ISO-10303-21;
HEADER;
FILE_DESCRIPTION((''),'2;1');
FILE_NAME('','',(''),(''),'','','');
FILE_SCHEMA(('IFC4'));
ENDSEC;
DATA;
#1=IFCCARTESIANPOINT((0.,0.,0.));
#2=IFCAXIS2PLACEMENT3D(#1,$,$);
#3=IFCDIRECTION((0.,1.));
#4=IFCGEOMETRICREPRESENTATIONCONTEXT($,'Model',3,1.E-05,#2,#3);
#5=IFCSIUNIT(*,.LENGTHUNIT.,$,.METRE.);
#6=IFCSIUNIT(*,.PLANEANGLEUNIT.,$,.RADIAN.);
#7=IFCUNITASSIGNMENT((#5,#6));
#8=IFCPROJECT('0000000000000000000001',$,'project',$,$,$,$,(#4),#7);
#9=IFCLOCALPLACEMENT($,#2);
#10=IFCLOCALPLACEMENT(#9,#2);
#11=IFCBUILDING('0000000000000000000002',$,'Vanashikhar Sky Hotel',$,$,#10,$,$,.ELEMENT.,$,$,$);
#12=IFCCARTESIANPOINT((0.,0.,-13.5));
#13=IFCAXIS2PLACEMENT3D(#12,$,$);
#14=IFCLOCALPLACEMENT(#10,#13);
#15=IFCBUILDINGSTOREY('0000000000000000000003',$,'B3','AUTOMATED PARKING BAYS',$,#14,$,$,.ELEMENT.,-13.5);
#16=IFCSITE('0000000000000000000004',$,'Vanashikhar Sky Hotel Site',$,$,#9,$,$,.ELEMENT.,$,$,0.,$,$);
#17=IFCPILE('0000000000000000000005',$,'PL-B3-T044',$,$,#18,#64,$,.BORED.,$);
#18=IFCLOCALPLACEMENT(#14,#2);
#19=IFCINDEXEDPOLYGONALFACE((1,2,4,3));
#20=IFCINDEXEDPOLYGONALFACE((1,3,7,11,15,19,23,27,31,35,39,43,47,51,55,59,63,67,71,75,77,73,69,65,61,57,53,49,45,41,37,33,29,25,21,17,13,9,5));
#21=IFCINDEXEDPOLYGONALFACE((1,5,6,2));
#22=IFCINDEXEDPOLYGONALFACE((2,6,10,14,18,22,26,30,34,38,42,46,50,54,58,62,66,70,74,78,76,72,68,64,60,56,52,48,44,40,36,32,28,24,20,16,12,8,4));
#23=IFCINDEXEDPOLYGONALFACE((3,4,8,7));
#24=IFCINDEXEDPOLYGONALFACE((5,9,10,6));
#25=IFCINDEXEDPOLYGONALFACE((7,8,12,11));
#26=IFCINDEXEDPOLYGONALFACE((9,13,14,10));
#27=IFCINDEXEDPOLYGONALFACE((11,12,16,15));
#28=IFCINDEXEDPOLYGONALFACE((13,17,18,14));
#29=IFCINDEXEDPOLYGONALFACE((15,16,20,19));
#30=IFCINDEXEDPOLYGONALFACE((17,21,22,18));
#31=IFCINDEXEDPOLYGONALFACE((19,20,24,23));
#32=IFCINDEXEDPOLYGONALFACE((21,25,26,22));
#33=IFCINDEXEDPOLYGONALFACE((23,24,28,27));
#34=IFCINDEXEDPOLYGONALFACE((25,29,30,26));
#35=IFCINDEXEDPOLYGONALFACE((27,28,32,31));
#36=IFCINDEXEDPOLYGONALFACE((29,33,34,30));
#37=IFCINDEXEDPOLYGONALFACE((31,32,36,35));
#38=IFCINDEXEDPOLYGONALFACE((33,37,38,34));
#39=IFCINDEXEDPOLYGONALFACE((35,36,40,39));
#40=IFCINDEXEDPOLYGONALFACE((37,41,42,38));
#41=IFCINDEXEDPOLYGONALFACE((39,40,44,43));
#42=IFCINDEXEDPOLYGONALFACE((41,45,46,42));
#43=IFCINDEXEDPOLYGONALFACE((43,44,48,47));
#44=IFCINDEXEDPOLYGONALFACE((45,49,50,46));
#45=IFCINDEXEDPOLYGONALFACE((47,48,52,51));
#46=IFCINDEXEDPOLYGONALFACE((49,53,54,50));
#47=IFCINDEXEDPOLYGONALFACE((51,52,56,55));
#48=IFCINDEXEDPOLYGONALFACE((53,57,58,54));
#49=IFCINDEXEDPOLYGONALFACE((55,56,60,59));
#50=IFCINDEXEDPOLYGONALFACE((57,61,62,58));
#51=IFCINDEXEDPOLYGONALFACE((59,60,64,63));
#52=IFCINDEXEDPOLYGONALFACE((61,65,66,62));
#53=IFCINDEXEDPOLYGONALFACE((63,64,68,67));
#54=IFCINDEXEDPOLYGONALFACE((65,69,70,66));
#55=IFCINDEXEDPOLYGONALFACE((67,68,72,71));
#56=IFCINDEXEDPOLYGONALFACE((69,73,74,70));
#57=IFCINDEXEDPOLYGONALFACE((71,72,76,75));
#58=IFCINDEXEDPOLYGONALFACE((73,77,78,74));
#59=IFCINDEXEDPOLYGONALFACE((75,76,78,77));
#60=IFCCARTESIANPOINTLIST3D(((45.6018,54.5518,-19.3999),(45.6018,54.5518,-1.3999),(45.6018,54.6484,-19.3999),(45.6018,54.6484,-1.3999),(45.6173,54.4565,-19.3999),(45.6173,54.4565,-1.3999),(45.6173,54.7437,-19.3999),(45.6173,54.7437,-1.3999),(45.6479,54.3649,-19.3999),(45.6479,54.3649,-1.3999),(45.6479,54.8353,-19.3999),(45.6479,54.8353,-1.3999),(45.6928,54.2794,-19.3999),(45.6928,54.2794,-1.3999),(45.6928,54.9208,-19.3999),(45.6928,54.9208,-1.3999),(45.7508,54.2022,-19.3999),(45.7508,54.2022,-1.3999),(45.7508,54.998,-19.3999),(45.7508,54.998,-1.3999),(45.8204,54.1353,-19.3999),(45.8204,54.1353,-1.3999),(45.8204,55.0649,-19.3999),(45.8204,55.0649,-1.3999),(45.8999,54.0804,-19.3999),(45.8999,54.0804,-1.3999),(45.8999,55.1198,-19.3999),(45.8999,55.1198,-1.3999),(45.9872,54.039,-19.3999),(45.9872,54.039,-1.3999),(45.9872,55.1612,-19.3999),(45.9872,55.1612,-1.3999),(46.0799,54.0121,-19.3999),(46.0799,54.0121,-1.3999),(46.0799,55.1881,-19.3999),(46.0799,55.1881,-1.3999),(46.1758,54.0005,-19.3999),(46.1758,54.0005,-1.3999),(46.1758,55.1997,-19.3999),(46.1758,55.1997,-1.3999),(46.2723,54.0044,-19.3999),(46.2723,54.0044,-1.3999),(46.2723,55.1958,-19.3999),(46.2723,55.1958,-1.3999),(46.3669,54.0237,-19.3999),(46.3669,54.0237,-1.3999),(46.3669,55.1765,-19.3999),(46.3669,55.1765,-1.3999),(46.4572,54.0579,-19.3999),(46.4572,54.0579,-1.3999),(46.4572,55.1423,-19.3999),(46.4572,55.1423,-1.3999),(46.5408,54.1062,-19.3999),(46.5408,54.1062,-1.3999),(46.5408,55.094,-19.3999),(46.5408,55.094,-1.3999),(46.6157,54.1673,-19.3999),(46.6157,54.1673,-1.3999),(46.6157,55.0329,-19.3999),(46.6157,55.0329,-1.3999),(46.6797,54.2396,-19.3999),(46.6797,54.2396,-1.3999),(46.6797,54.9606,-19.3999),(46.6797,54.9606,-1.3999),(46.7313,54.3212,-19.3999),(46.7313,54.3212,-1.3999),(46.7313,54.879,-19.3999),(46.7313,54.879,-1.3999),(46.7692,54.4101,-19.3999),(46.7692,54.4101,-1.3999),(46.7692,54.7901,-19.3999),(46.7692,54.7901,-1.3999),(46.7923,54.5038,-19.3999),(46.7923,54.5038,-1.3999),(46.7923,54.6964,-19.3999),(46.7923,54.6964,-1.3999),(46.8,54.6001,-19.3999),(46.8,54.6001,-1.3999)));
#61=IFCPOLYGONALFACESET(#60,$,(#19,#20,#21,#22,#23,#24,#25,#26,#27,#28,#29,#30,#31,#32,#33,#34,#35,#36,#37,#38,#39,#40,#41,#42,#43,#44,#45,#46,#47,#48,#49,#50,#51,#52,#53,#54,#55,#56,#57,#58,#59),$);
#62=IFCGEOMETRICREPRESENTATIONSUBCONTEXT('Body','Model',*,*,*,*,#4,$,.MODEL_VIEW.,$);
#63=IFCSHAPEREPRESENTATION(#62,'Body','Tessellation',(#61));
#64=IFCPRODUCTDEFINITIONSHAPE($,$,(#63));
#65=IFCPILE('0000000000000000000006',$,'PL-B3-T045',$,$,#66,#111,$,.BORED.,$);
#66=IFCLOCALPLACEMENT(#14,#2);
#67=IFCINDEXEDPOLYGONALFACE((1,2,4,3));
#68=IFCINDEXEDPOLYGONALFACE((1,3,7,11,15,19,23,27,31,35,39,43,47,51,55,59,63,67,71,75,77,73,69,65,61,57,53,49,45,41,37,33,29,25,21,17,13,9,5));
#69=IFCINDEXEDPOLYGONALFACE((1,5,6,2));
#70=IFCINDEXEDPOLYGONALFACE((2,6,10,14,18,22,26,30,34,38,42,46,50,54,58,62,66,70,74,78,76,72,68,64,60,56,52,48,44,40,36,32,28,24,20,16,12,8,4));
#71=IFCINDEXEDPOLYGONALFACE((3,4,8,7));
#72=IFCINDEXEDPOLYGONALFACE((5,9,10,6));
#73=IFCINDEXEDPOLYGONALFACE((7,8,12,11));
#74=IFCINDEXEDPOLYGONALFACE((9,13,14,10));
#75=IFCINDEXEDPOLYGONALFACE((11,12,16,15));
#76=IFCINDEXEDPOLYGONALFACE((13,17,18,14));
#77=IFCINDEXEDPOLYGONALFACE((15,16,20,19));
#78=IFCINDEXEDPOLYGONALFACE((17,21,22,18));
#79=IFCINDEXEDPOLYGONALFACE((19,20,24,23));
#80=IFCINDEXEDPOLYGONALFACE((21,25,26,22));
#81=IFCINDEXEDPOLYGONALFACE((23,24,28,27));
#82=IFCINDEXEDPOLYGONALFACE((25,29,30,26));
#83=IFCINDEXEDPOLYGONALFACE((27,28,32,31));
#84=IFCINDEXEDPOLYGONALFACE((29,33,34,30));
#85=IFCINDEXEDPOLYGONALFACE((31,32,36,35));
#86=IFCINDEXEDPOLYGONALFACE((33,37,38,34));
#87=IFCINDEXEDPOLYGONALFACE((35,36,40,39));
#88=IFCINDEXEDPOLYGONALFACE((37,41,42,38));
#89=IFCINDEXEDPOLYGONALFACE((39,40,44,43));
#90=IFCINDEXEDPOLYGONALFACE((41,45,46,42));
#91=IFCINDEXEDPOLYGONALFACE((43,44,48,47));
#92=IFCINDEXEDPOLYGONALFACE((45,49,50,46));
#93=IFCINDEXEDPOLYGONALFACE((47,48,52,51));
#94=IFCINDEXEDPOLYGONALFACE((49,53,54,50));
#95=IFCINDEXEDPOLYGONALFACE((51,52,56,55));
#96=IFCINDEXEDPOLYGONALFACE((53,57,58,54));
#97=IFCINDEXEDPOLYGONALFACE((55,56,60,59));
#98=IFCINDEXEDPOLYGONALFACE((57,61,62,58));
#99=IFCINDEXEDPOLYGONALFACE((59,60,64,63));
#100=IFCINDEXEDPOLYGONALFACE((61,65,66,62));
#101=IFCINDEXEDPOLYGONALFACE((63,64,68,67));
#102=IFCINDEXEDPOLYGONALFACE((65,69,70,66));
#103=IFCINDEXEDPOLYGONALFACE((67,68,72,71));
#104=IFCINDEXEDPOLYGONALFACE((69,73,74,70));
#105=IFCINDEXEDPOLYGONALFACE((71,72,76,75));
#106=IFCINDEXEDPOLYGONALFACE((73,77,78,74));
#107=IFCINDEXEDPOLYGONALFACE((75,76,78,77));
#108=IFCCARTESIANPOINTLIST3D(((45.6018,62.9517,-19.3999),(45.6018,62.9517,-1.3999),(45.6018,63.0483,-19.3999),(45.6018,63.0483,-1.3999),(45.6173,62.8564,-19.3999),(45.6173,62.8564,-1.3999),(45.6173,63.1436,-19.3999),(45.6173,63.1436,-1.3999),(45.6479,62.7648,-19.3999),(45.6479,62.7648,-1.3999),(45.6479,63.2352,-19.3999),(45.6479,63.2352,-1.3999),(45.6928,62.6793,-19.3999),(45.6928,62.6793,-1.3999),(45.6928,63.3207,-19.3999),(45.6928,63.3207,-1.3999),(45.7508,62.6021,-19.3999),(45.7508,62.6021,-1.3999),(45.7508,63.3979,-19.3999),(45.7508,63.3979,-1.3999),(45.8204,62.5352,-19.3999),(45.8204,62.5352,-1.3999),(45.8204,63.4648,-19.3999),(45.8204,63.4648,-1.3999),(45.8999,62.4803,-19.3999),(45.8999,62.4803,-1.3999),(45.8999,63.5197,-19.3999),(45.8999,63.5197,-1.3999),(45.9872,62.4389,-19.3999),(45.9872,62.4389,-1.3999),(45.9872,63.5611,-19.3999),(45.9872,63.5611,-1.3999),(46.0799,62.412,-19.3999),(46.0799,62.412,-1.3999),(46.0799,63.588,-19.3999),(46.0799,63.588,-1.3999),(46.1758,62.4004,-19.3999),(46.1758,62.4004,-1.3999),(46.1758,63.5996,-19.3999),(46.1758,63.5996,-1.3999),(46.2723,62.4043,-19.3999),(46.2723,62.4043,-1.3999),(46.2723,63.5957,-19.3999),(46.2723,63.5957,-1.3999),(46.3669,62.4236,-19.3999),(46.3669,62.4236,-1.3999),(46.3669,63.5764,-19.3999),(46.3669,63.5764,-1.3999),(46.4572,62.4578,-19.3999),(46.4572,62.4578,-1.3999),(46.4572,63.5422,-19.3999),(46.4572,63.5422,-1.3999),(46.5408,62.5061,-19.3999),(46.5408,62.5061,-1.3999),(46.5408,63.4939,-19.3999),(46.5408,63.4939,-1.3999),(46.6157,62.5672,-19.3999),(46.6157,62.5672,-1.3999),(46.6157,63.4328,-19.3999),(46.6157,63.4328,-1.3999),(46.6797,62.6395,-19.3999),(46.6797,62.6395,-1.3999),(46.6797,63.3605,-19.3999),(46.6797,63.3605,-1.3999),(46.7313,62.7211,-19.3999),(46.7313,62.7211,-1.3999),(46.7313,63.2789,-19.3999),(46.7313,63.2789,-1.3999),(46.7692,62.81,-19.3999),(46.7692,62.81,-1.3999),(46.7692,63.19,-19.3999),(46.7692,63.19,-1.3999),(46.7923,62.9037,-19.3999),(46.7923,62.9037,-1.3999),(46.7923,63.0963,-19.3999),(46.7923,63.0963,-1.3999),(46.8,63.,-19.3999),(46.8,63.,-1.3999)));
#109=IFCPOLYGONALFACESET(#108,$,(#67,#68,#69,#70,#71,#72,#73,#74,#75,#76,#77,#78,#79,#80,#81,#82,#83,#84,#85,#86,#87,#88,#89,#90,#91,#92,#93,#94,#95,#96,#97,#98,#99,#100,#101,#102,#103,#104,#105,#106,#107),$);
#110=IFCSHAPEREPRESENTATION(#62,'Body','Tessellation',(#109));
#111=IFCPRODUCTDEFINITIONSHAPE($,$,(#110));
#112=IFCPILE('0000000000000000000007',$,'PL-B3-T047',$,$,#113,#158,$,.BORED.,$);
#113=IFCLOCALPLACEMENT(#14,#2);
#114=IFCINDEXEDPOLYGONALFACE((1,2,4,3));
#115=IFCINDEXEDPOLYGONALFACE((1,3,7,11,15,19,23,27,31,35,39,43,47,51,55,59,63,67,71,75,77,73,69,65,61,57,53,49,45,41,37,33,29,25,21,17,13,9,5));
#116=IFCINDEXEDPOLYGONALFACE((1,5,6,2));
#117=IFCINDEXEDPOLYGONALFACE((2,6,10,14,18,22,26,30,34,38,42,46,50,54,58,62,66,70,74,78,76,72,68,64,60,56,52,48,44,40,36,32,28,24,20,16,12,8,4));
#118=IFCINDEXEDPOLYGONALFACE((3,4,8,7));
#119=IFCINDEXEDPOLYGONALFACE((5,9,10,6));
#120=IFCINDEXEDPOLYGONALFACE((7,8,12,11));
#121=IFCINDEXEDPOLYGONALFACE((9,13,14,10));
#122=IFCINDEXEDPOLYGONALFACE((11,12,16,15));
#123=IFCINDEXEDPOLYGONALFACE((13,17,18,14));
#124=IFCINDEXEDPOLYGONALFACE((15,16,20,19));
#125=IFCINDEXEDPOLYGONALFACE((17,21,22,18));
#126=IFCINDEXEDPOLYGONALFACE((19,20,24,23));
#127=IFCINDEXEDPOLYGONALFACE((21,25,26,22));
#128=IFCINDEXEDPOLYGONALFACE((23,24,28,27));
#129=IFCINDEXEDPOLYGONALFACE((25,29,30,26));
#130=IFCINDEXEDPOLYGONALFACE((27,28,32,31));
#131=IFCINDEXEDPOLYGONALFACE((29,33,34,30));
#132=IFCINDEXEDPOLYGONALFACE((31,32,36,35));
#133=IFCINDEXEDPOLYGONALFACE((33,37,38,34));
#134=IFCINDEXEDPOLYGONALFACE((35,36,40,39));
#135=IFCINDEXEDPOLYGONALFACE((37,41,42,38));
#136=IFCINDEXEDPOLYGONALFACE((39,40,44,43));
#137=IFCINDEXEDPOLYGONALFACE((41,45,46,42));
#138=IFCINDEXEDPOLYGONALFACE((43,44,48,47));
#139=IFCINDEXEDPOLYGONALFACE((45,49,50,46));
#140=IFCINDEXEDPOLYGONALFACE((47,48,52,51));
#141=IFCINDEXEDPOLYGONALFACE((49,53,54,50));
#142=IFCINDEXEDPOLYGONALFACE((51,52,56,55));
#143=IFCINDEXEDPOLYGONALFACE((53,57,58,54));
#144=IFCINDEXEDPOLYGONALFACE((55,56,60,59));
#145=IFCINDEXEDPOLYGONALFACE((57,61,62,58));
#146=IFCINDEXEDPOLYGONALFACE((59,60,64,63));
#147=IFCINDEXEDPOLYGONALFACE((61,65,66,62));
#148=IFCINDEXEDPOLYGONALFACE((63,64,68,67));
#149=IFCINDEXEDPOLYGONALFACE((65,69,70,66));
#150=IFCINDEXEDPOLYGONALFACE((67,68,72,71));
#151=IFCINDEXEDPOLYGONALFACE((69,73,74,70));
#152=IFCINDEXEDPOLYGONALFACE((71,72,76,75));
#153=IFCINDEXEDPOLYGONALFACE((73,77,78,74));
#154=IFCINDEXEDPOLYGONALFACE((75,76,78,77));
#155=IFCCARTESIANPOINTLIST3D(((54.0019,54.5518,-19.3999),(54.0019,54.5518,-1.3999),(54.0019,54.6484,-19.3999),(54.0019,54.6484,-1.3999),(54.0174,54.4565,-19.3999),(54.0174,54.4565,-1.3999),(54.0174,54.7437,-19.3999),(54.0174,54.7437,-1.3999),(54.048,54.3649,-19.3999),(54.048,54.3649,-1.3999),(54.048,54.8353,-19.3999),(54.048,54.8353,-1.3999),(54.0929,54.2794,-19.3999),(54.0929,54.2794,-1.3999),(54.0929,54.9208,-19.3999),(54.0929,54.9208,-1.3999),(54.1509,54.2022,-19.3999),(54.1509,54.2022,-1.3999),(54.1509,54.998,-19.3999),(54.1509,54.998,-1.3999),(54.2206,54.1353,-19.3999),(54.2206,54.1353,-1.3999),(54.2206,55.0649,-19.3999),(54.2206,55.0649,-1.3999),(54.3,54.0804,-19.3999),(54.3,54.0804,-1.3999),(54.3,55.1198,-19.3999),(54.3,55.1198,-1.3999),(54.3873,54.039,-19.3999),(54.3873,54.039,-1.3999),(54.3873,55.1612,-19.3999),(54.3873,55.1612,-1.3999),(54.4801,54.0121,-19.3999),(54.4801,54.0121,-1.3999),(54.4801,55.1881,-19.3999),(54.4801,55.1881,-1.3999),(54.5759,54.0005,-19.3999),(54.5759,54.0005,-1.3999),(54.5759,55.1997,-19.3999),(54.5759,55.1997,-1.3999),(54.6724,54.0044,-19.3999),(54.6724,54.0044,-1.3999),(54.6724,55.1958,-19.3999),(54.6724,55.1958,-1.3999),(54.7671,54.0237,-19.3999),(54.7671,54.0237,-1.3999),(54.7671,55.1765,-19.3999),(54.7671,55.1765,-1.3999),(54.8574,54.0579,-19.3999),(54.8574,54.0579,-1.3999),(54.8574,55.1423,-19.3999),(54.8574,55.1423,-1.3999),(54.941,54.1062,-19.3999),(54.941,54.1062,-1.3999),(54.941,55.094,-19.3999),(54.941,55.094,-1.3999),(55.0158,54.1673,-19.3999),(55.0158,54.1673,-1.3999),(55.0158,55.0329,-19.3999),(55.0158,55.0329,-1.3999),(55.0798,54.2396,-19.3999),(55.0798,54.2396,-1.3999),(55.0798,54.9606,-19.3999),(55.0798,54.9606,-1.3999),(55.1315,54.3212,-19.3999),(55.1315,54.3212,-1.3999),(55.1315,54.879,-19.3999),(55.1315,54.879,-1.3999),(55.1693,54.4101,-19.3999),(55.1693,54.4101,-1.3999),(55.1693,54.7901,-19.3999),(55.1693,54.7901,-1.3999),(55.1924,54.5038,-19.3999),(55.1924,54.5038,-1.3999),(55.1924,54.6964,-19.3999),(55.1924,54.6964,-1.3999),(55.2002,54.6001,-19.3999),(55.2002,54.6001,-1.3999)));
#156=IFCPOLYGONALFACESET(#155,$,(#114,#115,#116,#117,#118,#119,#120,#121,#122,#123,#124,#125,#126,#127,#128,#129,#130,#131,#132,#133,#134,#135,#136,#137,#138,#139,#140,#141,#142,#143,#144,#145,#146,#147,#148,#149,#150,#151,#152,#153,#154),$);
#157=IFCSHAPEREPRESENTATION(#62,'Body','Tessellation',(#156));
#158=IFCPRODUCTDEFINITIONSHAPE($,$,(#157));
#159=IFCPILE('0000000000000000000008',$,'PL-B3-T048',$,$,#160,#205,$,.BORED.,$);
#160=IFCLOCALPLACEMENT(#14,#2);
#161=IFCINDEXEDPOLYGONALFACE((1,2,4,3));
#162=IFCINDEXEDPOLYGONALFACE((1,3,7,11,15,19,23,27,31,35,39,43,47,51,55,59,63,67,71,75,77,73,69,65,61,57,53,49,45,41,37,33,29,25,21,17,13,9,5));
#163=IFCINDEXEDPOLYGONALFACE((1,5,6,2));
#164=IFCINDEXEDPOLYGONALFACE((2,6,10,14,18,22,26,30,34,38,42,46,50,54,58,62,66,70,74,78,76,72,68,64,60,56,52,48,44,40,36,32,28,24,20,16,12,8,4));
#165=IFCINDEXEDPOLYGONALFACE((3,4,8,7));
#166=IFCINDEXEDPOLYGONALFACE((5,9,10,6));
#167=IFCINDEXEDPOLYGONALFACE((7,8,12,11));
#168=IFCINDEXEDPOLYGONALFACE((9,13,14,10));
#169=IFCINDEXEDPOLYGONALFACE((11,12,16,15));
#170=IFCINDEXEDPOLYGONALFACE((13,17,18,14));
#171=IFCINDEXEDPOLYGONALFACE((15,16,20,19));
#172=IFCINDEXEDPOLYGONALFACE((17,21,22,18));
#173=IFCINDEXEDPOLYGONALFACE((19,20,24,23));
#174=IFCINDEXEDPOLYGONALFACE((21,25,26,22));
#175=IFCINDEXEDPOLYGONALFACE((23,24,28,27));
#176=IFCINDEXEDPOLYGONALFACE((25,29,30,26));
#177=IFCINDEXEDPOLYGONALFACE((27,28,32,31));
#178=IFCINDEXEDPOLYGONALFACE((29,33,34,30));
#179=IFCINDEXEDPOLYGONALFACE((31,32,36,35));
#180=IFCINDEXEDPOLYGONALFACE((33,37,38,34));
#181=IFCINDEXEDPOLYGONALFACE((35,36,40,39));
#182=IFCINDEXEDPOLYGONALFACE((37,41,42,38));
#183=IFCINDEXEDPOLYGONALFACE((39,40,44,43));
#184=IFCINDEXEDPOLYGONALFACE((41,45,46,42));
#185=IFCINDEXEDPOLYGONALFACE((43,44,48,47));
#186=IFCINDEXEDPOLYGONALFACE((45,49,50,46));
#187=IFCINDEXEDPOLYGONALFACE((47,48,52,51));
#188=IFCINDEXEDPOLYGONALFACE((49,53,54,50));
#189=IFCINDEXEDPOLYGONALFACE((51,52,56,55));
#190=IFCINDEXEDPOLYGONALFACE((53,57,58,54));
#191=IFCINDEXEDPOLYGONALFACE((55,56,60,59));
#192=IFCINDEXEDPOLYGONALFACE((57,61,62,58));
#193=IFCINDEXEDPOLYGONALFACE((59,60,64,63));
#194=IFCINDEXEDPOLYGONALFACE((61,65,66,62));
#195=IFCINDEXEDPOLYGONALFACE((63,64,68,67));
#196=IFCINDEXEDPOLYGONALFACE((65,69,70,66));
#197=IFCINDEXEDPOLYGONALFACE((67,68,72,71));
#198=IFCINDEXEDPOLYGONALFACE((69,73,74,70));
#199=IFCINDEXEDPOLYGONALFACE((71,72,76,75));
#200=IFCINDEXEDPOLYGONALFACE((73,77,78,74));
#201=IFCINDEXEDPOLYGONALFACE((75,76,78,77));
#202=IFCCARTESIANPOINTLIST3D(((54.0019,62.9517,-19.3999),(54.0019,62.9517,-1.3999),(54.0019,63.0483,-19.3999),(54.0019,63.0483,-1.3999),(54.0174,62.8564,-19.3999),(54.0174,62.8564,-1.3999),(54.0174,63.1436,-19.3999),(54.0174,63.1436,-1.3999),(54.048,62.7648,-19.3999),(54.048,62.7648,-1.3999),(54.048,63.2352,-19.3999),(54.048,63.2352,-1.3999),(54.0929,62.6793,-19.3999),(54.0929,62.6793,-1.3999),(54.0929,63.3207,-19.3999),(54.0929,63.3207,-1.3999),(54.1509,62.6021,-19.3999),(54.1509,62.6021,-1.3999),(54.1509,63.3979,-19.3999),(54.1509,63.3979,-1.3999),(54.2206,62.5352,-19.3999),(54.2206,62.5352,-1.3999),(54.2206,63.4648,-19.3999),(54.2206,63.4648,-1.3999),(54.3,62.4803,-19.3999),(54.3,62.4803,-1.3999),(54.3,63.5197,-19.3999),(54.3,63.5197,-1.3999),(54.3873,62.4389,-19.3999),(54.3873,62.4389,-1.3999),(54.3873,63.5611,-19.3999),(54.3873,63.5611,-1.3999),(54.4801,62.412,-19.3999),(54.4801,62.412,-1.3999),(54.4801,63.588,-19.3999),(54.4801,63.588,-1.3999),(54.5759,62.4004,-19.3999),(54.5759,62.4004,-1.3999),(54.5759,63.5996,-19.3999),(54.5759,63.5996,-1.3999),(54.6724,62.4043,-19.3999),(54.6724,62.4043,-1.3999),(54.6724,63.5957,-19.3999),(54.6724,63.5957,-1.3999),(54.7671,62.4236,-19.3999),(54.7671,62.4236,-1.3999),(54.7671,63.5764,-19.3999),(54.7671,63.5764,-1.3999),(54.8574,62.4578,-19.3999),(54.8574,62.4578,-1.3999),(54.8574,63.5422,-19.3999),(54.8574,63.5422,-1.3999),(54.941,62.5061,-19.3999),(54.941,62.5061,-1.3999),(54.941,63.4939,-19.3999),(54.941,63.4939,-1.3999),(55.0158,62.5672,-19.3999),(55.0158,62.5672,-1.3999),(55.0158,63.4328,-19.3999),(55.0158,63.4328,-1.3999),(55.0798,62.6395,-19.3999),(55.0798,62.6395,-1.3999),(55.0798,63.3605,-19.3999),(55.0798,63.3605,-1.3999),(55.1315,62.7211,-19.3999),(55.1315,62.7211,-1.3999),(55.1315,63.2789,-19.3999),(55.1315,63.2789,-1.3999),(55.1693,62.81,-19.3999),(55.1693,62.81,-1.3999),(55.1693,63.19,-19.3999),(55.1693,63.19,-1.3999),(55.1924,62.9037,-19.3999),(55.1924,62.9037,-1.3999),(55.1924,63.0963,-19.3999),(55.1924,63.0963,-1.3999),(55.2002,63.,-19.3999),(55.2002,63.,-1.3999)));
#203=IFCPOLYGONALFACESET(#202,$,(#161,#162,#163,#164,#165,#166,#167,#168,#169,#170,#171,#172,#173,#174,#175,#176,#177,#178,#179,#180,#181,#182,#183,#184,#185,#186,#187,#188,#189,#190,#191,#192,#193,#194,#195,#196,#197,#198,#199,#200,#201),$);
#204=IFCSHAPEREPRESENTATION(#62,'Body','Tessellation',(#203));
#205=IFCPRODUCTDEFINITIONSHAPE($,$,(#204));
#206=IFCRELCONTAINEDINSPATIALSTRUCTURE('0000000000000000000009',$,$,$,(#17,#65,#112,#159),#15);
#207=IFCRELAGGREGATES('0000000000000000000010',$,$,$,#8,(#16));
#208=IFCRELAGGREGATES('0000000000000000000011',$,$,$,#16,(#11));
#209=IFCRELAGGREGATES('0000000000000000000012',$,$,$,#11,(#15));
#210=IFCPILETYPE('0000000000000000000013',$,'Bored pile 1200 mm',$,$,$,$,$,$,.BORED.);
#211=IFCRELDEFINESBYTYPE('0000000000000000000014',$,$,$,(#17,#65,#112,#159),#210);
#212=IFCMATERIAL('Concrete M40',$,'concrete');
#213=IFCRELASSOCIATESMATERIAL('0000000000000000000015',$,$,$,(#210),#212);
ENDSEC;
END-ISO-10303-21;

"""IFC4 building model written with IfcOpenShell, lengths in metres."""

from ifc_helpers import new_model, si_unit, direction, frame, origin, origin_2d, place, context, subcontext, project, spatial, circle, extrude, source, transform, mapped, material, type_object, element, save


model = new_model("IFC4")

# Units and contexts
model_context = context("Model", 3, precision=1e-05, world=origin(), true_north=direction((0.0, 1.0)))
body_context = subcontext(model_context, "Body", "Model", "MODEL_VIEW")
ifc_project = project(units=[si_unit("LENGTHUNIT", "METRE"), si_unit("PLANEANGLEUNIT", "RADIAN")], contexts=[model_context])

# Site, building, storey
site_placement = place(None, origin())
site = spatial("IfcSite", under=ifc_project, at=site_placement, Name="Vanashikhar Sky Hotel Site", CompositionType="ELEMENT", RefElevation=0.0)
building_placement = place(site_placement, origin())
building = spatial("IfcBuilding", under=site, at=building_placement, Name="Vanashikhar Sky Hotel", CompositionType="ELEMENT")
storey_placement = place(building_placement, frame((0.0, 0.0, -13.5)))
storey = spatial("IfcBuildingStorey", under=building, at=storey_placement, Name="B3", Description="AUTOMATED PARKING BAYS", CompositionType="ELEMENT", Elevation=-13.5)

# Piles
ifc_material_1 = material(Name="Concrete M40", Category="concrete")
pile_type_1 = type_object("IfcPileType", Name="Bored pile 1200 mm", PredefinedType="BORED", material=ifc_material_1)
shared_shape_1 = source(origin(), body_context, "Body", "SweptSolid", [
    extrude(circle(Radius=0.6001, at=origin_2d()), origin(), (0.0, 0.0, 1.0), 18.0),
])
for number, where, z_axis, x_axis, name in (
    (1, (46.2, 54.6001, -1.3999), (0.0, 0.0, -1.0), (1.0, 0.0, 0.0), "PL-B3-T044"),
    (2, (46.2, 63.0, -1.3999), (0.0, 0.0, -1.0), (1.0, 0.0, 0.0), "PL-B3-T045"),
    (3, (54.6001, 54.6001, -1.3999), (0.0, 0.0, -1.0), (1.0, 0.0, 0.0), "PL-B3-T047"),
    (4, (54.6001, 63.0, -1.3999), (0.0, 0.0, -1.0), (1.0, 0.0, 0.0), "PL-B3-T048"),
):
    element("IfcPile", number, at=place(storey_placement, frame(where, z_axis=z_axis, x_axis=x_axis)), inside=storey, type_object=pile_type_1, Name=name, PredefinedType="BORED", context=body_context, shape_type="MappedRepresentation", body=[
        mapped(shared_shape_1, transform((0.0, 0.0, 0.0), scale=1.0)),
    ])

save(model, "model.ifc")
